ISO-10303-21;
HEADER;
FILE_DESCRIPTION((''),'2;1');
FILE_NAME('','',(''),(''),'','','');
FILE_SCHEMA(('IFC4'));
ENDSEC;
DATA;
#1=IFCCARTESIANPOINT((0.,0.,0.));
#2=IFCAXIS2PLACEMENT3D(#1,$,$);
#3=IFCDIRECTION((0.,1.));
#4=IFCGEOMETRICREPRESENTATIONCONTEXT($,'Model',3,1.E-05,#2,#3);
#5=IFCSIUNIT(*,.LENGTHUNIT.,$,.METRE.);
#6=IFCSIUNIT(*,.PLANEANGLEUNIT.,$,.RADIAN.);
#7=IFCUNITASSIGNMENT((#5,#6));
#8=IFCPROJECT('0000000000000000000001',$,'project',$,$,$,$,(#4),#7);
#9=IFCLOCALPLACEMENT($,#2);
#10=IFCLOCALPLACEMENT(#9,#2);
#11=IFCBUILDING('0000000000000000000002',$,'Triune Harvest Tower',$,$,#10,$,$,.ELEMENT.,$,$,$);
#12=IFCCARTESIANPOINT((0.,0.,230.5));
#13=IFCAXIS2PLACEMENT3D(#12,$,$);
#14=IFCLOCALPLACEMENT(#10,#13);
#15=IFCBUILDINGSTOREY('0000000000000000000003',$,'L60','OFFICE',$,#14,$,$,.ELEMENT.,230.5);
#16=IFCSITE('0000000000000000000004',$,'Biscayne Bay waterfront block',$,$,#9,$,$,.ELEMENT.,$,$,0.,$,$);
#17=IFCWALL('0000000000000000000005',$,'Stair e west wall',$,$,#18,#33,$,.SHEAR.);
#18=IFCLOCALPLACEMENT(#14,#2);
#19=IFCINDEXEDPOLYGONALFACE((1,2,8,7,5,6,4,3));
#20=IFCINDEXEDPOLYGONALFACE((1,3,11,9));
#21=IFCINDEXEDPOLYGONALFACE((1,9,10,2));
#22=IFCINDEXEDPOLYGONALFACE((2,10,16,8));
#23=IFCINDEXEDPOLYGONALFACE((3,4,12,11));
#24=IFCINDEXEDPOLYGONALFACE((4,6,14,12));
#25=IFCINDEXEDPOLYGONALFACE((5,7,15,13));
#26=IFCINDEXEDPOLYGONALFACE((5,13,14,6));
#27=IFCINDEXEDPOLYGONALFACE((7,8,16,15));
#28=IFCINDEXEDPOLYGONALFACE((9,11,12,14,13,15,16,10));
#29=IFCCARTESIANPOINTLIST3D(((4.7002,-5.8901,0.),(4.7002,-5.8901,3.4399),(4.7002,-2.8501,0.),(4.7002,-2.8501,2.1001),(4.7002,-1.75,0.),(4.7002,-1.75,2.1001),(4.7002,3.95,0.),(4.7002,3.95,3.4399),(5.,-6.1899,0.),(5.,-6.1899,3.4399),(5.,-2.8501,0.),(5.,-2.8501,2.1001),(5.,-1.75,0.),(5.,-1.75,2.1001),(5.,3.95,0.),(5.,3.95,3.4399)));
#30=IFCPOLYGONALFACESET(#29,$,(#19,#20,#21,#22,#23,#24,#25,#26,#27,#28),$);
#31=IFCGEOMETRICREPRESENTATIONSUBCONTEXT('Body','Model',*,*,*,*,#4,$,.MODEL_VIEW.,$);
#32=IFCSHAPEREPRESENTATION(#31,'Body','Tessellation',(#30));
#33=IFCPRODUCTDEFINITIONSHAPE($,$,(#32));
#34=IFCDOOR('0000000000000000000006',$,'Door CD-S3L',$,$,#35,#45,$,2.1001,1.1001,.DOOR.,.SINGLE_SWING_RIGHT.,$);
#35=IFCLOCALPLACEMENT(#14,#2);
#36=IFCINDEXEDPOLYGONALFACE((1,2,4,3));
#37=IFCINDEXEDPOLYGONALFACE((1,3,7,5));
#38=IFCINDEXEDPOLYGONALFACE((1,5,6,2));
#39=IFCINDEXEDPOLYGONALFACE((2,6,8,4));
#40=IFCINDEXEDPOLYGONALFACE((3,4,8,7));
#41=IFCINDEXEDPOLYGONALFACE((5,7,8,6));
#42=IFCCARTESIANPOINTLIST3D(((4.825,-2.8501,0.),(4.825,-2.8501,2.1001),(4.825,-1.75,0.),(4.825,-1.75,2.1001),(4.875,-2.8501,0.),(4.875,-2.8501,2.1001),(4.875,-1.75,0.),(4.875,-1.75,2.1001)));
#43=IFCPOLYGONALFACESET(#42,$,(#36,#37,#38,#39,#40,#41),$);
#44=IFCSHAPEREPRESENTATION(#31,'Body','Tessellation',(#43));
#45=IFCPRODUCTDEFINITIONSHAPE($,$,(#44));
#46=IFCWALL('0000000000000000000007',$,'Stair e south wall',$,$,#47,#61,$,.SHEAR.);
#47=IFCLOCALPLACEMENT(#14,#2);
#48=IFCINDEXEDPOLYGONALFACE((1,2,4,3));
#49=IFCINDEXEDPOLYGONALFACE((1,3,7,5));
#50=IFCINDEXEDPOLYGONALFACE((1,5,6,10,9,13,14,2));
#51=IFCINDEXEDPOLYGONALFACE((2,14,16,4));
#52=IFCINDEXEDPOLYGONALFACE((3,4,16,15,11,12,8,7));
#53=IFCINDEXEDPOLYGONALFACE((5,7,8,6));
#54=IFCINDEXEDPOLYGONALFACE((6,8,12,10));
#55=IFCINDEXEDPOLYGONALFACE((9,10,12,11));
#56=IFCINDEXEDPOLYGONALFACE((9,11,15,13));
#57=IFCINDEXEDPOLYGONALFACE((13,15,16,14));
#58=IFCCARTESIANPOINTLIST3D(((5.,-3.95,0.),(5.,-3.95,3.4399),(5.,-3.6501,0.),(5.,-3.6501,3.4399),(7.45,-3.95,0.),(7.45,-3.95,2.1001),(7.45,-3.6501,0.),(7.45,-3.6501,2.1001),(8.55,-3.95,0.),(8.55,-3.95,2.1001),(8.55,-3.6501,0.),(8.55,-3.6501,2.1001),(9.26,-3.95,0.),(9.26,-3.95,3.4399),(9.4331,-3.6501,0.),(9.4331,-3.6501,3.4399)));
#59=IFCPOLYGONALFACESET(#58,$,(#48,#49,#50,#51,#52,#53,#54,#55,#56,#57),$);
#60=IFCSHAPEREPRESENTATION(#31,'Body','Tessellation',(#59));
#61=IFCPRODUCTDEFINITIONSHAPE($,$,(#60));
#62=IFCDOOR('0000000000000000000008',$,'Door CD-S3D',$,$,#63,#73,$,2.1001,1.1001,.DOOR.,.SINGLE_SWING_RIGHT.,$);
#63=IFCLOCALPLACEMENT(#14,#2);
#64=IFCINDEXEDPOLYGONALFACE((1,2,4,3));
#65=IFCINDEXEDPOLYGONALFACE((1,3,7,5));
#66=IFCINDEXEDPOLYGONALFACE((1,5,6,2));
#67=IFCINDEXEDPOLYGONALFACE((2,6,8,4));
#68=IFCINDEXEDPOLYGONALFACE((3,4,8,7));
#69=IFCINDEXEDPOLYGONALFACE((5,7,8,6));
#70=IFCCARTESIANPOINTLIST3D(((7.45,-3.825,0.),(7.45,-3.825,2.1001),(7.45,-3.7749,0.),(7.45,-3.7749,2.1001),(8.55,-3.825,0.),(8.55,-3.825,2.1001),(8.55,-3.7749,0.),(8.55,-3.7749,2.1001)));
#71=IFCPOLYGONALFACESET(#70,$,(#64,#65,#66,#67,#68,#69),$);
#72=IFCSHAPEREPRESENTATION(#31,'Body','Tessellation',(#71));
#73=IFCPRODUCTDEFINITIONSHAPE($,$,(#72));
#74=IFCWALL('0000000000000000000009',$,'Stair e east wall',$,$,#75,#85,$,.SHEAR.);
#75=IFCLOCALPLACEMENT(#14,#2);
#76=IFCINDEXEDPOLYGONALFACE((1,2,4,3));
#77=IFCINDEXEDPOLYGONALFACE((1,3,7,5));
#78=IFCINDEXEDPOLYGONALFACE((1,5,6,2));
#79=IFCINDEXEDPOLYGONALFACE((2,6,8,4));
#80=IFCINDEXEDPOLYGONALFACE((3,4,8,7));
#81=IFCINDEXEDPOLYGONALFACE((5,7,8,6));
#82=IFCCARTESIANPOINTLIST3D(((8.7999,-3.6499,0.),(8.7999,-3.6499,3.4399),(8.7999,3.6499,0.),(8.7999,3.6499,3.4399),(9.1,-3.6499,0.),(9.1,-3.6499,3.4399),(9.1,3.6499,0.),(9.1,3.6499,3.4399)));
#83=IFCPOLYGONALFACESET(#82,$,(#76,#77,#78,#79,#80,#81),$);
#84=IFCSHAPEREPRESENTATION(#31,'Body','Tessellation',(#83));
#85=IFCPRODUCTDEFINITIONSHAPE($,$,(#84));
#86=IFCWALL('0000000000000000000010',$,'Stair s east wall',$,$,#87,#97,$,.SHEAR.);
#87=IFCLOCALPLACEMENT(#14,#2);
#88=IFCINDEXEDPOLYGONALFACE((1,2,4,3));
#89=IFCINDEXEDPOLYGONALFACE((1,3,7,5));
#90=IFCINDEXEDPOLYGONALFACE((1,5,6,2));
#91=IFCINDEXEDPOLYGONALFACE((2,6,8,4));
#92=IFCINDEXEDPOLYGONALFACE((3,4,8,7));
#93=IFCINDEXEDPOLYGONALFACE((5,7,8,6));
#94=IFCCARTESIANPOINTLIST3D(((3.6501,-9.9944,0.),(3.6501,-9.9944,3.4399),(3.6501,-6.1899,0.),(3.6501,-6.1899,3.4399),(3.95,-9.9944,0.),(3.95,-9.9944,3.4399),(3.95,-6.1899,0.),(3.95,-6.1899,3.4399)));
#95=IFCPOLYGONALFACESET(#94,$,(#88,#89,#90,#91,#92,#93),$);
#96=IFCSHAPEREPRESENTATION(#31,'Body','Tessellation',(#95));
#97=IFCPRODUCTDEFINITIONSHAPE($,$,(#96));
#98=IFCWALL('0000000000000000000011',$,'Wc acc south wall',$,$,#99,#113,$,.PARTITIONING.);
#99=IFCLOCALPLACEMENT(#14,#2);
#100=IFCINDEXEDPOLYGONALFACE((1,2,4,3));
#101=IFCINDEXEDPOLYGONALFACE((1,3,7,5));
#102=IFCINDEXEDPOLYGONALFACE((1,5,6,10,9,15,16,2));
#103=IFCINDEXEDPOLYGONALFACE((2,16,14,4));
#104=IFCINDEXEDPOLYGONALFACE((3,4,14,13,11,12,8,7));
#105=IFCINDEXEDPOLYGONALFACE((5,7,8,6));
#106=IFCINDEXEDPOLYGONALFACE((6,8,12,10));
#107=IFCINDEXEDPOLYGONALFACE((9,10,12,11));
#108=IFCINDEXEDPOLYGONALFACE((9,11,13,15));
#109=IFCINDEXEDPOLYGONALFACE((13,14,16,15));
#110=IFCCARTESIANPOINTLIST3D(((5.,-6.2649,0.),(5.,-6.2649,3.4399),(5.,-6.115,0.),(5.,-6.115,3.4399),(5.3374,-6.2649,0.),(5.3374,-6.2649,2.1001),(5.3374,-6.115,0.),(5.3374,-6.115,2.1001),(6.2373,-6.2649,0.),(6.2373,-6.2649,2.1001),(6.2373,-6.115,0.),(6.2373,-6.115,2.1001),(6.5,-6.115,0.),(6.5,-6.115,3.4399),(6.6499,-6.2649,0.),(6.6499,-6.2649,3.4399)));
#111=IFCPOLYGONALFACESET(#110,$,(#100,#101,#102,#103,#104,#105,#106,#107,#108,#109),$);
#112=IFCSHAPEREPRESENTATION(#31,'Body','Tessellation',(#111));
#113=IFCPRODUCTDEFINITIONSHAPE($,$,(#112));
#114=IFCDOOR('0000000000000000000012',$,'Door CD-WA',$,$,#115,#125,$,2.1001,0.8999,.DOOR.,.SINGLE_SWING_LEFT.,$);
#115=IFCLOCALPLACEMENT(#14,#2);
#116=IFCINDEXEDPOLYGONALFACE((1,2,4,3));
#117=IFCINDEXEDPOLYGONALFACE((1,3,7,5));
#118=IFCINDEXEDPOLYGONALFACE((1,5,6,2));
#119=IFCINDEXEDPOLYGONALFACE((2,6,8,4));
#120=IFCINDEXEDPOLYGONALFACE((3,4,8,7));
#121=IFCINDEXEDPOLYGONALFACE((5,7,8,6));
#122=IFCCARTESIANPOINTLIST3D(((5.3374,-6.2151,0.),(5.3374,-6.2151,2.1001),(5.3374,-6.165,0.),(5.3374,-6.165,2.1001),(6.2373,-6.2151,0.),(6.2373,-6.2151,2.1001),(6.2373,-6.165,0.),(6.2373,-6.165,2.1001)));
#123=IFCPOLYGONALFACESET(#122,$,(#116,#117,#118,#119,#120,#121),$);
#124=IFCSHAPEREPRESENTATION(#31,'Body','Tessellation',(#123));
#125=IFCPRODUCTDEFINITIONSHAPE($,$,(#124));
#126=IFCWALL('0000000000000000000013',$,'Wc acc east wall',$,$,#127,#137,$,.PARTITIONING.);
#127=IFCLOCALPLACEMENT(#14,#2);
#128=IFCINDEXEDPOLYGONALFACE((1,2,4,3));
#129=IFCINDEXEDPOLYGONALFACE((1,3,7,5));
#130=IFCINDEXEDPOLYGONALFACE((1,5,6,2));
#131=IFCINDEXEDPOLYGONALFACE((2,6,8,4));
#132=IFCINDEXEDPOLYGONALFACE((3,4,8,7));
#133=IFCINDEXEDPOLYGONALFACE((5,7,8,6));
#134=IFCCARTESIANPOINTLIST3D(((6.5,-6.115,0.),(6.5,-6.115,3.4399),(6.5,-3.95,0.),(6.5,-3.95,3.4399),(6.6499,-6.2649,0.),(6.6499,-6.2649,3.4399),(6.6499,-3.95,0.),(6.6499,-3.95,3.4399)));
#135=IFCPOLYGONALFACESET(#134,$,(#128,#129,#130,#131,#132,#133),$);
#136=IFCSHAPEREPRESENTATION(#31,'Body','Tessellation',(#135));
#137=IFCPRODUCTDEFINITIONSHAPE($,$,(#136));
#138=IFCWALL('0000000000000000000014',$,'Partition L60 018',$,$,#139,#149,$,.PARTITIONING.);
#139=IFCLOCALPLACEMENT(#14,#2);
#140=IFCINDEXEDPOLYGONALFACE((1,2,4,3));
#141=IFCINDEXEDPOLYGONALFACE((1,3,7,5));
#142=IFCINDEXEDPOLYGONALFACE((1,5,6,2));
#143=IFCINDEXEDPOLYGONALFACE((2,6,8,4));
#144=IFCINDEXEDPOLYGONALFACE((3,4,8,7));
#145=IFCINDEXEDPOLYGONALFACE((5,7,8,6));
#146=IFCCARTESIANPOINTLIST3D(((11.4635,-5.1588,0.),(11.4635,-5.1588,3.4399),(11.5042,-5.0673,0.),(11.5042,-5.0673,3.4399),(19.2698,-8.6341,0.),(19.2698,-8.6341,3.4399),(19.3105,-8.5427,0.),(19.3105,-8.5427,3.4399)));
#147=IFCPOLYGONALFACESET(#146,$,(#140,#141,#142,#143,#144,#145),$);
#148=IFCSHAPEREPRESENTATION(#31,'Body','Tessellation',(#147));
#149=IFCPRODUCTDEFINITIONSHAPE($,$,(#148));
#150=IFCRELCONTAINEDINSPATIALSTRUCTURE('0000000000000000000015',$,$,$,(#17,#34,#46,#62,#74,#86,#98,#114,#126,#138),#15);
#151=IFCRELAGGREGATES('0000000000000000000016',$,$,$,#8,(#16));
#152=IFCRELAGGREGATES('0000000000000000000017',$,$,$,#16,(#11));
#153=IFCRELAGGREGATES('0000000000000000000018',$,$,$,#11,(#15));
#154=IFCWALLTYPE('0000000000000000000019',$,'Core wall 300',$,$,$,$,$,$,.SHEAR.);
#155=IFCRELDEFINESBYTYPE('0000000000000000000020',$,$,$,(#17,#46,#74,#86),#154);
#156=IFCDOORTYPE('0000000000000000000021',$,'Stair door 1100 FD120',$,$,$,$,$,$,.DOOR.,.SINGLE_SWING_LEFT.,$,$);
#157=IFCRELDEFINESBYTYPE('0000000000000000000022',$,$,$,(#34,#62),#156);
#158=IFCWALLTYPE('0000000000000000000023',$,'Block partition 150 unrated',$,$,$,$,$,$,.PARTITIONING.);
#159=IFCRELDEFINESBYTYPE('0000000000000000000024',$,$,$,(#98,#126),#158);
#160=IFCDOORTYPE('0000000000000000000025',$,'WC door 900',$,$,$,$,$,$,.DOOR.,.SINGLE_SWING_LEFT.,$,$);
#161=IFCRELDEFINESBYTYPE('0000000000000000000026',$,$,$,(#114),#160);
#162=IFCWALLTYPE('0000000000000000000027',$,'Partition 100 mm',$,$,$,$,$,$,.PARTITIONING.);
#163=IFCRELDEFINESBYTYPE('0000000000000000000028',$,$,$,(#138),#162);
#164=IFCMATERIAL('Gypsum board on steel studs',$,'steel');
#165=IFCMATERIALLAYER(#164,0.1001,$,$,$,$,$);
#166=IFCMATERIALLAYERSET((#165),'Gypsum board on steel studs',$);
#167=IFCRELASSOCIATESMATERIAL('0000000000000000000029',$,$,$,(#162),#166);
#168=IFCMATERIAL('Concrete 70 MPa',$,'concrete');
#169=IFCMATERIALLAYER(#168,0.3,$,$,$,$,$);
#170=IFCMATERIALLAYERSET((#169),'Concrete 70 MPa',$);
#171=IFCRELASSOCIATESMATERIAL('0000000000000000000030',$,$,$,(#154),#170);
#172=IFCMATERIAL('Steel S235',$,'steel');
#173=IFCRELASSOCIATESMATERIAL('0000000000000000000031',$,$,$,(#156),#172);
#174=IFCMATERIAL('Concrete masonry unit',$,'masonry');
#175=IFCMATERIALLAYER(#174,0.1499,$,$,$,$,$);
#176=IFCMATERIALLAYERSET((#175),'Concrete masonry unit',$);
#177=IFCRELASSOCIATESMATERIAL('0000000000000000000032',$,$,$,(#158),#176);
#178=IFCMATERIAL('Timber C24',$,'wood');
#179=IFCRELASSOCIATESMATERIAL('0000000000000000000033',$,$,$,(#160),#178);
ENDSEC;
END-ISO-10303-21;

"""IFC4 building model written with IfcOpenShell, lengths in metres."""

from ifc_helpers import new_model, si_unit, direction, frame, frame_2d, origin, place, context, subcontext, project, spatial, polyline, rectangle, outline, extrude, source, transform, mapped, material, layer, layer_set, type_object, element, fill, save


model = new_model("IFC4")

# Units and contexts
model_context = context("Model", 3, precision=1e-05, world=origin(), true_north=direction((0.0, 1.0)))
body_context = subcontext(model_context, "Body", "Model", "MODEL_VIEW")
ifc_project = project(units=[si_unit("LENGTHUNIT", "METRE"), si_unit("PLANEANGLEUNIT", "RADIAN")], contexts=[model_context])

# Site, building, storey
site_placement = place(None, origin())
site = spatial("IfcSite", under=ifc_project, at=site_placement, Name="Biscayne Bay waterfront block", CompositionType="ELEMENT", RefElevation=0.0)
building_placement = place(site_placement, origin())
building = spatial("IfcBuilding", under=site, at=building_placement, Name="Triune Harvest Tower", CompositionType="ELEMENT")
storey_placement = place(building_placement, frame((0.0, 0.0, 230.5)))
storey = spatial("IfcBuildingStorey", under=building, at=storey_placement, Name="L60", Description="OFFICE", CompositionType="ELEMENT", Elevation=230.5)

# Shared definitions
ifc_material_1 = material(Name="Gypsum board on steel studs", Category="steel")
ifc_layer_1 = layer(ifc_material_1, 0.1001)
ifc_layer_set_1 = layer_set([ifc_layer_1], Name="Gypsum board on steel studs")
wall_type_1 = type_object("IfcWallType", Name="Partition 100 mm", PredefinedType="PARTITIONING", material=ifc_layer_set_1)

# Shared definitions
ifc_material_2 = material(Name="Concrete 70 MPa", Category="concrete")
ifc_layer_2 = layer(ifc_material_2, 0.3)
ifc_layer_set_2 = layer_set([ifc_layer_2], Name="Concrete 70 MPa")
wall_type_2 = type_object("IfcWallType", Name="Core wall 300", PredefinedType="SHEAR", material=ifc_layer_set_2)

# Walls, openings, doors
shared_shape_1 = source(origin(), body_context, "Body", "SweptSolid", [
    extrude(outline(polyline([(-0.1499, -0.1499), (9.99, -0.1499), (9.99, 0.1499), (0.1499, 0.1499), (-0.1499, -0.1499)])), origin(), (0.0, 0.0, 1.0), 3.4399),
])
wall_1_placement = place(storey_placement, frame((4.8501, -6.04, 0.0), z_axis=(0.0, 0.0, 1.0), x_axis=(0.0, 1.0, 0.0)))
wall_1 = element("IfcWall", 1, at=wall_1_placement, inside=storey, type_object=wall_type_2, Name="Stair e west wall", PredefinedType="SHEAR", context=body_context, shape_type="MappedRepresentation", body=[
    mapped(shared_shape_1, transform((0.0, 0.0, 0.0), scale=1.0)),
])
opening_1_placement = place(wall_1_placement, frame((3.1899, 0.0, 0.0)))
opening_1 = element("IfcOpeningElement", 2, at=opening_1_placement, cuts=wall_1, PredefinedType="OPENING", context=body_context, shape_type="SweptSolid", body=[
    extrude(rectangle(XDim=1.1001, YDim=2.1001, at=frame_2d((0.55, 1.05))), frame((0.0, 0.1602, 0.0), z_axis=(0.0, -1.0, 0.0), x_axis=(1.0, 0.0, 0.0)), (0.0, 0.0, 1.0), 0.3201),
])
ifc_material_3 = material(Name="Steel S235", Category="steel")
door_type_1 = type_object("IfcDoorType", Name="Stair door 1100 FD120", OperationType="SINGLE_SWING_LEFT", PredefinedType="DOOR", material=ifc_material_3)
door_1_placement = place(opening_1_placement, frame((1.1001, 0.0, 0.0), z_axis=(0.0, 0.0, 1.0), x_axis=(-1.0, 0.0, 0.0)))
door_1 = element("IfcDoor", 3, at=door_1_placement, inside=storey, type_object=door_type_1, Name="Door CD-S3L", OperationType="SINGLE_SWING_RIGHT", OverallHeight=2.1001, OverallWidth=1.1001, PredefinedType="DOOR", context=body_context, shape_type="SweptSolid", body=[
    extrude(rectangle(XDim=1.1001, YDim=2.1001, at=frame_2d((0.55, 1.05))), frame((0.0, 0.0249, 0.0), z_axis=(0.0, -1.0, 0.0), x_axis=(1.0, 0.0, 0.0)), (0.0, 0.0, 1.0), 0.05),
])
fill(opening_1, door_1)
shared_shape_2 = source(origin(), body_context, "Body", "SweptSolid", [
    extrude(outline(polyline([(0.0, -0.1499), (0.0, 0.1499), (4.4331, 0.1499), (4.26, -0.1499), (0.0, -0.1499)])), origin(), (0.0, 0.0, 1.0), 3.4399),
])
wall_2_placement = place(storey_placement, frame((5.0, -3.8, 0.0), z_axis=(0.0, 0.0, 1.0), x_axis=(1.0, 0.0, 0.0)))
wall_2 = element("IfcWall", 4, at=wall_2_placement, inside=storey, type_object=wall_type_2, Name="Stair e south wall", PredefinedType="SHEAR", context=body_context, shape_type="MappedRepresentation", body=[
    mapped(shared_shape_2, transform((0.0, 0.0, 0.0), scale=1.0)),
])
opening_2_placement = place(wall_2_placement, frame((2.45, 0.0, 0.0)))
opening_2 = element("IfcOpeningElement", 5, at=opening_2_placement, cuts=wall_2, PredefinedType="OPENING", context=body_context, shape_type="SweptSolid", body=[
    extrude(rectangle(XDim=1.1001, YDim=2.1001, at=frame_2d((0.55, 1.05))), frame((0.0, 0.1602, 0.0), z_axis=(0.0, -1.0, 0.0), x_axis=(1.0, 0.0, 0.0)), (0.0, 0.0, 1.0), 0.3201),
])
door_2_placement = place(opening_2_placement, frame((1.1001, 0.0, 0.0), z_axis=(0.0, 0.0, 1.0), x_axis=(-1.0, 0.0, 0.0)))
door_2 = element("IfcDoor", 6, at=door_2_placement, inside=storey, type_object=door_type_1, Name="Door CD-S3D", OperationType="SINGLE_SWING_RIGHT", OverallHeight=2.1001, OverallWidth=1.1001, PredefinedType="DOOR", context=body_context, shape_type="SweptSolid", body=[
    extrude(rectangle(XDim=1.1001, YDim=2.1001, at=frame_2d((0.55, 1.05))), frame((0.0, 0.0249, 0.0), z_axis=(0.0, -1.0, 0.0), x_axis=(1.0, 0.0, 0.0)), (0.0, 0.0, 1.0), 0.05),
])
fill(opening_2, door_2)

# Walls
shared_shape_3 = source(origin(), body_context, "Body", "SweptSolid", [
    extrude(rectangle(XDim=7.2998, YDim=0.3, at=frame_2d((3.6499, 0.0))), origin(), (0.0, 0.0, 1.0), 3.4399),
])
wall_3_placement = place(storey_placement, frame((8.95, -3.6499, 0.0), z_axis=(0.0, 0.0, 1.0), x_axis=(0.0, 1.0, 0.0)))
element("IfcWall", 7, at=wall_3_placement, inside=storey, type_object=wall_type_2, Name="Stair e east wall", PredefinedType="SHEAR", context=body_context, shape_type="MappedRepresentation", body=[
    mapped(shared_shape_3, transform((0.0, 0.0, 0.0), scale=1.0)),
])
shared_shape_4 = source(origin(), body_context, "Body", "SweptSolid", [
    extrude(outline(polyline([(3.8, -0.1499), (-0.0044, -0.1499), (-0.0044, 0.1499), (3.8, 0.1499), (3.8, -0.1499)])), origin(), (0.0, 0.0, 1.0), 3.4399),
])
wall_4_placement = place(storey_placement, frame((3.8, -9.99, 0.0), z_axis=(0.0, 0.0, 1.0), x_axis=(0.0, 1.0, 0.0)))
element("IfcWall", 8, at=wall_4_placement, inside=storey, type_object=wall_type_2, Name="Stair s east wall", PredefinedType="SHEAR", context=body_context, shape_type="MappedRepresentation", body=[
    mapped(shared_shape_4, transform((0.0, 0.0, 0.0), scale=1.0)),
])

# Wall, opening, door
ifc_material_4 = material(Name="Concrete masonry unit", Category="masonry")
ifc_layer_3 = layer(ifc_material_4, 0.1499)
ifc_layer_set_3 = layer_set([ifc_layer_3], Name="Concrete masonry unit")
wall_type_3 = type_object("IfcWallType", Name="Block partition 150 unrated", PredefinedType="PARTITIONING", material=ifc_layer_set_3)
shared_shape_5 = source(origin(), body_context, "Body", "SweptSolid", [
    extrude(outline(polyline([(0.0, -0.075), (1.6499, -0.075), (1.5, 0.075), (0.0, 0.075), (0.0, -0.075)])), origin(), (0.0, 0.0, 1.0), 3.4399),
])
wall_5_placement = place(storey_placement, frame((5.0, -6.1899, 0.0), z_axis=(0.0, 0.0, 1.0), x_axis=(1.0, 0.0, 0.0)))
wall_5 = element("IfcWall", 9, at=wall_5_placement, inside=storey, type_object=wall_type_3, Name="Wc acc south wall", PredefinedType="PARTITIONING", context=body_context, shape_type="MappedRepresentation", body=[
    mapped(shared_shape_5, transform((0.0, 0.0, 0.0), scale=1.0)),
])
opening_3_placement = place(wall_5_placement, frame((0.3374, 0.0, 0.0)))
opening_3 = element("IfcOpeningElement", 10, at=opening_3_placement, cuts=wall_5, PredefinedType="OPENING", context=body_context, shape_type="SweptSolid", body=[
    extrude(rectangle(XDim=0.8999, YDim=2.1001, at=frame_2d((0.45, 1.05))), frame((0.0, 0.085, 0.0), z_axis=(0.0, -1.0, 0.0), x_axis=(1.0, 0.0, 0.0)), (0.0, 0.0, 1.0), 0.1699),
])
ifc_material_5 = material(Name="Timber C24", Category="wood")
door_type_2 = type_object("IfcDoorType", Name="WC door 900", OperationType="SINGLE_SWING_LEFT", PredefinedType="DOOR", material=ifc_material_5)
door_3_placement = place(opening_3_placement, origin())
door_3 = element("IfcDoor", 11, at=door_3_placement, inside=storey, type_object=door_type_2, Name="Door CD-WA", OperationType="SINGLE_SWING_LEFT", OverallHeight=2.1001, OverallWidth=0.8999, PredefinedType="DOOR", context=body_context, shape_type="SweptSolid", body=[
    extrude(rectangle(XDim=0.8999, YDim=2.1001, at=frame_2d((0.45, 1.05))), frame((0.0, 0.0249, 0.0), z_axis=(0.0, -1.0, 0.0), x_axis=(1.0, 0.0, 0.0)), (0.0, 0.0, 1.0), 0.05),
])
fill(opening_3, door_3)

# Walls
shared_shape_6 = source(origin(), body_context, "Body", "SweptSolid", [
    extrude(outline(polyline([(-0.075, -0.075), (2.24, -0.075), (2.24, 0.075), (0.075, 0.075), (-0.075, -0.075)])), origin(), (0.0, 0.0, 1.0), 3.4399),
])
wall_6_placement = place(storey_placement, frame((6.575, -6.1899, 0.0), z_axis=(0.0, 0.0, 1.0), x_axis=(0.0, 1.0, 0.0)))
element("IfcWall", 12, at=wall_6_placement, inside=storey, type_object=wall_type_3, Name="Wc acc east wall", PredefinedType="PARTITIONING", context=body_context, shape_type="MappedRepresentation", body=[
    mapped(shared_shape_6, transform((0.0, 0.0, 0.0), scale=1.0)),
])
shared_shape_7 = source(origin(), body_context, "Body", "SweptSolid", [
    extrude(rectangle(XDim=8.5449, YDim=0.1001, at=frame_2d((4.2725, 0.0))), origin(), (0.0, 0.0, 1.0), 3.4399),
])
wall_7_placement = place(storey_placement, frame((11.4839, -5.113, 0.0), z_axis=(0.0, 0.0, 1.0), x_axis=(0.913553, -0.406719, 0.0)))
element("IfcWall", 13, at=wall_7_placement, inside=storey, type_object=wall_type_1, Name="Partition L60 018", PredefinedType="PARTITIONING", context=body_context, shape_type="MappedRepresentation", body=[
    mapped(shared_shape_7, transform((0.0, 0.0, 0.0), scale=1.0)),
])

save(model, "model.ifc")
